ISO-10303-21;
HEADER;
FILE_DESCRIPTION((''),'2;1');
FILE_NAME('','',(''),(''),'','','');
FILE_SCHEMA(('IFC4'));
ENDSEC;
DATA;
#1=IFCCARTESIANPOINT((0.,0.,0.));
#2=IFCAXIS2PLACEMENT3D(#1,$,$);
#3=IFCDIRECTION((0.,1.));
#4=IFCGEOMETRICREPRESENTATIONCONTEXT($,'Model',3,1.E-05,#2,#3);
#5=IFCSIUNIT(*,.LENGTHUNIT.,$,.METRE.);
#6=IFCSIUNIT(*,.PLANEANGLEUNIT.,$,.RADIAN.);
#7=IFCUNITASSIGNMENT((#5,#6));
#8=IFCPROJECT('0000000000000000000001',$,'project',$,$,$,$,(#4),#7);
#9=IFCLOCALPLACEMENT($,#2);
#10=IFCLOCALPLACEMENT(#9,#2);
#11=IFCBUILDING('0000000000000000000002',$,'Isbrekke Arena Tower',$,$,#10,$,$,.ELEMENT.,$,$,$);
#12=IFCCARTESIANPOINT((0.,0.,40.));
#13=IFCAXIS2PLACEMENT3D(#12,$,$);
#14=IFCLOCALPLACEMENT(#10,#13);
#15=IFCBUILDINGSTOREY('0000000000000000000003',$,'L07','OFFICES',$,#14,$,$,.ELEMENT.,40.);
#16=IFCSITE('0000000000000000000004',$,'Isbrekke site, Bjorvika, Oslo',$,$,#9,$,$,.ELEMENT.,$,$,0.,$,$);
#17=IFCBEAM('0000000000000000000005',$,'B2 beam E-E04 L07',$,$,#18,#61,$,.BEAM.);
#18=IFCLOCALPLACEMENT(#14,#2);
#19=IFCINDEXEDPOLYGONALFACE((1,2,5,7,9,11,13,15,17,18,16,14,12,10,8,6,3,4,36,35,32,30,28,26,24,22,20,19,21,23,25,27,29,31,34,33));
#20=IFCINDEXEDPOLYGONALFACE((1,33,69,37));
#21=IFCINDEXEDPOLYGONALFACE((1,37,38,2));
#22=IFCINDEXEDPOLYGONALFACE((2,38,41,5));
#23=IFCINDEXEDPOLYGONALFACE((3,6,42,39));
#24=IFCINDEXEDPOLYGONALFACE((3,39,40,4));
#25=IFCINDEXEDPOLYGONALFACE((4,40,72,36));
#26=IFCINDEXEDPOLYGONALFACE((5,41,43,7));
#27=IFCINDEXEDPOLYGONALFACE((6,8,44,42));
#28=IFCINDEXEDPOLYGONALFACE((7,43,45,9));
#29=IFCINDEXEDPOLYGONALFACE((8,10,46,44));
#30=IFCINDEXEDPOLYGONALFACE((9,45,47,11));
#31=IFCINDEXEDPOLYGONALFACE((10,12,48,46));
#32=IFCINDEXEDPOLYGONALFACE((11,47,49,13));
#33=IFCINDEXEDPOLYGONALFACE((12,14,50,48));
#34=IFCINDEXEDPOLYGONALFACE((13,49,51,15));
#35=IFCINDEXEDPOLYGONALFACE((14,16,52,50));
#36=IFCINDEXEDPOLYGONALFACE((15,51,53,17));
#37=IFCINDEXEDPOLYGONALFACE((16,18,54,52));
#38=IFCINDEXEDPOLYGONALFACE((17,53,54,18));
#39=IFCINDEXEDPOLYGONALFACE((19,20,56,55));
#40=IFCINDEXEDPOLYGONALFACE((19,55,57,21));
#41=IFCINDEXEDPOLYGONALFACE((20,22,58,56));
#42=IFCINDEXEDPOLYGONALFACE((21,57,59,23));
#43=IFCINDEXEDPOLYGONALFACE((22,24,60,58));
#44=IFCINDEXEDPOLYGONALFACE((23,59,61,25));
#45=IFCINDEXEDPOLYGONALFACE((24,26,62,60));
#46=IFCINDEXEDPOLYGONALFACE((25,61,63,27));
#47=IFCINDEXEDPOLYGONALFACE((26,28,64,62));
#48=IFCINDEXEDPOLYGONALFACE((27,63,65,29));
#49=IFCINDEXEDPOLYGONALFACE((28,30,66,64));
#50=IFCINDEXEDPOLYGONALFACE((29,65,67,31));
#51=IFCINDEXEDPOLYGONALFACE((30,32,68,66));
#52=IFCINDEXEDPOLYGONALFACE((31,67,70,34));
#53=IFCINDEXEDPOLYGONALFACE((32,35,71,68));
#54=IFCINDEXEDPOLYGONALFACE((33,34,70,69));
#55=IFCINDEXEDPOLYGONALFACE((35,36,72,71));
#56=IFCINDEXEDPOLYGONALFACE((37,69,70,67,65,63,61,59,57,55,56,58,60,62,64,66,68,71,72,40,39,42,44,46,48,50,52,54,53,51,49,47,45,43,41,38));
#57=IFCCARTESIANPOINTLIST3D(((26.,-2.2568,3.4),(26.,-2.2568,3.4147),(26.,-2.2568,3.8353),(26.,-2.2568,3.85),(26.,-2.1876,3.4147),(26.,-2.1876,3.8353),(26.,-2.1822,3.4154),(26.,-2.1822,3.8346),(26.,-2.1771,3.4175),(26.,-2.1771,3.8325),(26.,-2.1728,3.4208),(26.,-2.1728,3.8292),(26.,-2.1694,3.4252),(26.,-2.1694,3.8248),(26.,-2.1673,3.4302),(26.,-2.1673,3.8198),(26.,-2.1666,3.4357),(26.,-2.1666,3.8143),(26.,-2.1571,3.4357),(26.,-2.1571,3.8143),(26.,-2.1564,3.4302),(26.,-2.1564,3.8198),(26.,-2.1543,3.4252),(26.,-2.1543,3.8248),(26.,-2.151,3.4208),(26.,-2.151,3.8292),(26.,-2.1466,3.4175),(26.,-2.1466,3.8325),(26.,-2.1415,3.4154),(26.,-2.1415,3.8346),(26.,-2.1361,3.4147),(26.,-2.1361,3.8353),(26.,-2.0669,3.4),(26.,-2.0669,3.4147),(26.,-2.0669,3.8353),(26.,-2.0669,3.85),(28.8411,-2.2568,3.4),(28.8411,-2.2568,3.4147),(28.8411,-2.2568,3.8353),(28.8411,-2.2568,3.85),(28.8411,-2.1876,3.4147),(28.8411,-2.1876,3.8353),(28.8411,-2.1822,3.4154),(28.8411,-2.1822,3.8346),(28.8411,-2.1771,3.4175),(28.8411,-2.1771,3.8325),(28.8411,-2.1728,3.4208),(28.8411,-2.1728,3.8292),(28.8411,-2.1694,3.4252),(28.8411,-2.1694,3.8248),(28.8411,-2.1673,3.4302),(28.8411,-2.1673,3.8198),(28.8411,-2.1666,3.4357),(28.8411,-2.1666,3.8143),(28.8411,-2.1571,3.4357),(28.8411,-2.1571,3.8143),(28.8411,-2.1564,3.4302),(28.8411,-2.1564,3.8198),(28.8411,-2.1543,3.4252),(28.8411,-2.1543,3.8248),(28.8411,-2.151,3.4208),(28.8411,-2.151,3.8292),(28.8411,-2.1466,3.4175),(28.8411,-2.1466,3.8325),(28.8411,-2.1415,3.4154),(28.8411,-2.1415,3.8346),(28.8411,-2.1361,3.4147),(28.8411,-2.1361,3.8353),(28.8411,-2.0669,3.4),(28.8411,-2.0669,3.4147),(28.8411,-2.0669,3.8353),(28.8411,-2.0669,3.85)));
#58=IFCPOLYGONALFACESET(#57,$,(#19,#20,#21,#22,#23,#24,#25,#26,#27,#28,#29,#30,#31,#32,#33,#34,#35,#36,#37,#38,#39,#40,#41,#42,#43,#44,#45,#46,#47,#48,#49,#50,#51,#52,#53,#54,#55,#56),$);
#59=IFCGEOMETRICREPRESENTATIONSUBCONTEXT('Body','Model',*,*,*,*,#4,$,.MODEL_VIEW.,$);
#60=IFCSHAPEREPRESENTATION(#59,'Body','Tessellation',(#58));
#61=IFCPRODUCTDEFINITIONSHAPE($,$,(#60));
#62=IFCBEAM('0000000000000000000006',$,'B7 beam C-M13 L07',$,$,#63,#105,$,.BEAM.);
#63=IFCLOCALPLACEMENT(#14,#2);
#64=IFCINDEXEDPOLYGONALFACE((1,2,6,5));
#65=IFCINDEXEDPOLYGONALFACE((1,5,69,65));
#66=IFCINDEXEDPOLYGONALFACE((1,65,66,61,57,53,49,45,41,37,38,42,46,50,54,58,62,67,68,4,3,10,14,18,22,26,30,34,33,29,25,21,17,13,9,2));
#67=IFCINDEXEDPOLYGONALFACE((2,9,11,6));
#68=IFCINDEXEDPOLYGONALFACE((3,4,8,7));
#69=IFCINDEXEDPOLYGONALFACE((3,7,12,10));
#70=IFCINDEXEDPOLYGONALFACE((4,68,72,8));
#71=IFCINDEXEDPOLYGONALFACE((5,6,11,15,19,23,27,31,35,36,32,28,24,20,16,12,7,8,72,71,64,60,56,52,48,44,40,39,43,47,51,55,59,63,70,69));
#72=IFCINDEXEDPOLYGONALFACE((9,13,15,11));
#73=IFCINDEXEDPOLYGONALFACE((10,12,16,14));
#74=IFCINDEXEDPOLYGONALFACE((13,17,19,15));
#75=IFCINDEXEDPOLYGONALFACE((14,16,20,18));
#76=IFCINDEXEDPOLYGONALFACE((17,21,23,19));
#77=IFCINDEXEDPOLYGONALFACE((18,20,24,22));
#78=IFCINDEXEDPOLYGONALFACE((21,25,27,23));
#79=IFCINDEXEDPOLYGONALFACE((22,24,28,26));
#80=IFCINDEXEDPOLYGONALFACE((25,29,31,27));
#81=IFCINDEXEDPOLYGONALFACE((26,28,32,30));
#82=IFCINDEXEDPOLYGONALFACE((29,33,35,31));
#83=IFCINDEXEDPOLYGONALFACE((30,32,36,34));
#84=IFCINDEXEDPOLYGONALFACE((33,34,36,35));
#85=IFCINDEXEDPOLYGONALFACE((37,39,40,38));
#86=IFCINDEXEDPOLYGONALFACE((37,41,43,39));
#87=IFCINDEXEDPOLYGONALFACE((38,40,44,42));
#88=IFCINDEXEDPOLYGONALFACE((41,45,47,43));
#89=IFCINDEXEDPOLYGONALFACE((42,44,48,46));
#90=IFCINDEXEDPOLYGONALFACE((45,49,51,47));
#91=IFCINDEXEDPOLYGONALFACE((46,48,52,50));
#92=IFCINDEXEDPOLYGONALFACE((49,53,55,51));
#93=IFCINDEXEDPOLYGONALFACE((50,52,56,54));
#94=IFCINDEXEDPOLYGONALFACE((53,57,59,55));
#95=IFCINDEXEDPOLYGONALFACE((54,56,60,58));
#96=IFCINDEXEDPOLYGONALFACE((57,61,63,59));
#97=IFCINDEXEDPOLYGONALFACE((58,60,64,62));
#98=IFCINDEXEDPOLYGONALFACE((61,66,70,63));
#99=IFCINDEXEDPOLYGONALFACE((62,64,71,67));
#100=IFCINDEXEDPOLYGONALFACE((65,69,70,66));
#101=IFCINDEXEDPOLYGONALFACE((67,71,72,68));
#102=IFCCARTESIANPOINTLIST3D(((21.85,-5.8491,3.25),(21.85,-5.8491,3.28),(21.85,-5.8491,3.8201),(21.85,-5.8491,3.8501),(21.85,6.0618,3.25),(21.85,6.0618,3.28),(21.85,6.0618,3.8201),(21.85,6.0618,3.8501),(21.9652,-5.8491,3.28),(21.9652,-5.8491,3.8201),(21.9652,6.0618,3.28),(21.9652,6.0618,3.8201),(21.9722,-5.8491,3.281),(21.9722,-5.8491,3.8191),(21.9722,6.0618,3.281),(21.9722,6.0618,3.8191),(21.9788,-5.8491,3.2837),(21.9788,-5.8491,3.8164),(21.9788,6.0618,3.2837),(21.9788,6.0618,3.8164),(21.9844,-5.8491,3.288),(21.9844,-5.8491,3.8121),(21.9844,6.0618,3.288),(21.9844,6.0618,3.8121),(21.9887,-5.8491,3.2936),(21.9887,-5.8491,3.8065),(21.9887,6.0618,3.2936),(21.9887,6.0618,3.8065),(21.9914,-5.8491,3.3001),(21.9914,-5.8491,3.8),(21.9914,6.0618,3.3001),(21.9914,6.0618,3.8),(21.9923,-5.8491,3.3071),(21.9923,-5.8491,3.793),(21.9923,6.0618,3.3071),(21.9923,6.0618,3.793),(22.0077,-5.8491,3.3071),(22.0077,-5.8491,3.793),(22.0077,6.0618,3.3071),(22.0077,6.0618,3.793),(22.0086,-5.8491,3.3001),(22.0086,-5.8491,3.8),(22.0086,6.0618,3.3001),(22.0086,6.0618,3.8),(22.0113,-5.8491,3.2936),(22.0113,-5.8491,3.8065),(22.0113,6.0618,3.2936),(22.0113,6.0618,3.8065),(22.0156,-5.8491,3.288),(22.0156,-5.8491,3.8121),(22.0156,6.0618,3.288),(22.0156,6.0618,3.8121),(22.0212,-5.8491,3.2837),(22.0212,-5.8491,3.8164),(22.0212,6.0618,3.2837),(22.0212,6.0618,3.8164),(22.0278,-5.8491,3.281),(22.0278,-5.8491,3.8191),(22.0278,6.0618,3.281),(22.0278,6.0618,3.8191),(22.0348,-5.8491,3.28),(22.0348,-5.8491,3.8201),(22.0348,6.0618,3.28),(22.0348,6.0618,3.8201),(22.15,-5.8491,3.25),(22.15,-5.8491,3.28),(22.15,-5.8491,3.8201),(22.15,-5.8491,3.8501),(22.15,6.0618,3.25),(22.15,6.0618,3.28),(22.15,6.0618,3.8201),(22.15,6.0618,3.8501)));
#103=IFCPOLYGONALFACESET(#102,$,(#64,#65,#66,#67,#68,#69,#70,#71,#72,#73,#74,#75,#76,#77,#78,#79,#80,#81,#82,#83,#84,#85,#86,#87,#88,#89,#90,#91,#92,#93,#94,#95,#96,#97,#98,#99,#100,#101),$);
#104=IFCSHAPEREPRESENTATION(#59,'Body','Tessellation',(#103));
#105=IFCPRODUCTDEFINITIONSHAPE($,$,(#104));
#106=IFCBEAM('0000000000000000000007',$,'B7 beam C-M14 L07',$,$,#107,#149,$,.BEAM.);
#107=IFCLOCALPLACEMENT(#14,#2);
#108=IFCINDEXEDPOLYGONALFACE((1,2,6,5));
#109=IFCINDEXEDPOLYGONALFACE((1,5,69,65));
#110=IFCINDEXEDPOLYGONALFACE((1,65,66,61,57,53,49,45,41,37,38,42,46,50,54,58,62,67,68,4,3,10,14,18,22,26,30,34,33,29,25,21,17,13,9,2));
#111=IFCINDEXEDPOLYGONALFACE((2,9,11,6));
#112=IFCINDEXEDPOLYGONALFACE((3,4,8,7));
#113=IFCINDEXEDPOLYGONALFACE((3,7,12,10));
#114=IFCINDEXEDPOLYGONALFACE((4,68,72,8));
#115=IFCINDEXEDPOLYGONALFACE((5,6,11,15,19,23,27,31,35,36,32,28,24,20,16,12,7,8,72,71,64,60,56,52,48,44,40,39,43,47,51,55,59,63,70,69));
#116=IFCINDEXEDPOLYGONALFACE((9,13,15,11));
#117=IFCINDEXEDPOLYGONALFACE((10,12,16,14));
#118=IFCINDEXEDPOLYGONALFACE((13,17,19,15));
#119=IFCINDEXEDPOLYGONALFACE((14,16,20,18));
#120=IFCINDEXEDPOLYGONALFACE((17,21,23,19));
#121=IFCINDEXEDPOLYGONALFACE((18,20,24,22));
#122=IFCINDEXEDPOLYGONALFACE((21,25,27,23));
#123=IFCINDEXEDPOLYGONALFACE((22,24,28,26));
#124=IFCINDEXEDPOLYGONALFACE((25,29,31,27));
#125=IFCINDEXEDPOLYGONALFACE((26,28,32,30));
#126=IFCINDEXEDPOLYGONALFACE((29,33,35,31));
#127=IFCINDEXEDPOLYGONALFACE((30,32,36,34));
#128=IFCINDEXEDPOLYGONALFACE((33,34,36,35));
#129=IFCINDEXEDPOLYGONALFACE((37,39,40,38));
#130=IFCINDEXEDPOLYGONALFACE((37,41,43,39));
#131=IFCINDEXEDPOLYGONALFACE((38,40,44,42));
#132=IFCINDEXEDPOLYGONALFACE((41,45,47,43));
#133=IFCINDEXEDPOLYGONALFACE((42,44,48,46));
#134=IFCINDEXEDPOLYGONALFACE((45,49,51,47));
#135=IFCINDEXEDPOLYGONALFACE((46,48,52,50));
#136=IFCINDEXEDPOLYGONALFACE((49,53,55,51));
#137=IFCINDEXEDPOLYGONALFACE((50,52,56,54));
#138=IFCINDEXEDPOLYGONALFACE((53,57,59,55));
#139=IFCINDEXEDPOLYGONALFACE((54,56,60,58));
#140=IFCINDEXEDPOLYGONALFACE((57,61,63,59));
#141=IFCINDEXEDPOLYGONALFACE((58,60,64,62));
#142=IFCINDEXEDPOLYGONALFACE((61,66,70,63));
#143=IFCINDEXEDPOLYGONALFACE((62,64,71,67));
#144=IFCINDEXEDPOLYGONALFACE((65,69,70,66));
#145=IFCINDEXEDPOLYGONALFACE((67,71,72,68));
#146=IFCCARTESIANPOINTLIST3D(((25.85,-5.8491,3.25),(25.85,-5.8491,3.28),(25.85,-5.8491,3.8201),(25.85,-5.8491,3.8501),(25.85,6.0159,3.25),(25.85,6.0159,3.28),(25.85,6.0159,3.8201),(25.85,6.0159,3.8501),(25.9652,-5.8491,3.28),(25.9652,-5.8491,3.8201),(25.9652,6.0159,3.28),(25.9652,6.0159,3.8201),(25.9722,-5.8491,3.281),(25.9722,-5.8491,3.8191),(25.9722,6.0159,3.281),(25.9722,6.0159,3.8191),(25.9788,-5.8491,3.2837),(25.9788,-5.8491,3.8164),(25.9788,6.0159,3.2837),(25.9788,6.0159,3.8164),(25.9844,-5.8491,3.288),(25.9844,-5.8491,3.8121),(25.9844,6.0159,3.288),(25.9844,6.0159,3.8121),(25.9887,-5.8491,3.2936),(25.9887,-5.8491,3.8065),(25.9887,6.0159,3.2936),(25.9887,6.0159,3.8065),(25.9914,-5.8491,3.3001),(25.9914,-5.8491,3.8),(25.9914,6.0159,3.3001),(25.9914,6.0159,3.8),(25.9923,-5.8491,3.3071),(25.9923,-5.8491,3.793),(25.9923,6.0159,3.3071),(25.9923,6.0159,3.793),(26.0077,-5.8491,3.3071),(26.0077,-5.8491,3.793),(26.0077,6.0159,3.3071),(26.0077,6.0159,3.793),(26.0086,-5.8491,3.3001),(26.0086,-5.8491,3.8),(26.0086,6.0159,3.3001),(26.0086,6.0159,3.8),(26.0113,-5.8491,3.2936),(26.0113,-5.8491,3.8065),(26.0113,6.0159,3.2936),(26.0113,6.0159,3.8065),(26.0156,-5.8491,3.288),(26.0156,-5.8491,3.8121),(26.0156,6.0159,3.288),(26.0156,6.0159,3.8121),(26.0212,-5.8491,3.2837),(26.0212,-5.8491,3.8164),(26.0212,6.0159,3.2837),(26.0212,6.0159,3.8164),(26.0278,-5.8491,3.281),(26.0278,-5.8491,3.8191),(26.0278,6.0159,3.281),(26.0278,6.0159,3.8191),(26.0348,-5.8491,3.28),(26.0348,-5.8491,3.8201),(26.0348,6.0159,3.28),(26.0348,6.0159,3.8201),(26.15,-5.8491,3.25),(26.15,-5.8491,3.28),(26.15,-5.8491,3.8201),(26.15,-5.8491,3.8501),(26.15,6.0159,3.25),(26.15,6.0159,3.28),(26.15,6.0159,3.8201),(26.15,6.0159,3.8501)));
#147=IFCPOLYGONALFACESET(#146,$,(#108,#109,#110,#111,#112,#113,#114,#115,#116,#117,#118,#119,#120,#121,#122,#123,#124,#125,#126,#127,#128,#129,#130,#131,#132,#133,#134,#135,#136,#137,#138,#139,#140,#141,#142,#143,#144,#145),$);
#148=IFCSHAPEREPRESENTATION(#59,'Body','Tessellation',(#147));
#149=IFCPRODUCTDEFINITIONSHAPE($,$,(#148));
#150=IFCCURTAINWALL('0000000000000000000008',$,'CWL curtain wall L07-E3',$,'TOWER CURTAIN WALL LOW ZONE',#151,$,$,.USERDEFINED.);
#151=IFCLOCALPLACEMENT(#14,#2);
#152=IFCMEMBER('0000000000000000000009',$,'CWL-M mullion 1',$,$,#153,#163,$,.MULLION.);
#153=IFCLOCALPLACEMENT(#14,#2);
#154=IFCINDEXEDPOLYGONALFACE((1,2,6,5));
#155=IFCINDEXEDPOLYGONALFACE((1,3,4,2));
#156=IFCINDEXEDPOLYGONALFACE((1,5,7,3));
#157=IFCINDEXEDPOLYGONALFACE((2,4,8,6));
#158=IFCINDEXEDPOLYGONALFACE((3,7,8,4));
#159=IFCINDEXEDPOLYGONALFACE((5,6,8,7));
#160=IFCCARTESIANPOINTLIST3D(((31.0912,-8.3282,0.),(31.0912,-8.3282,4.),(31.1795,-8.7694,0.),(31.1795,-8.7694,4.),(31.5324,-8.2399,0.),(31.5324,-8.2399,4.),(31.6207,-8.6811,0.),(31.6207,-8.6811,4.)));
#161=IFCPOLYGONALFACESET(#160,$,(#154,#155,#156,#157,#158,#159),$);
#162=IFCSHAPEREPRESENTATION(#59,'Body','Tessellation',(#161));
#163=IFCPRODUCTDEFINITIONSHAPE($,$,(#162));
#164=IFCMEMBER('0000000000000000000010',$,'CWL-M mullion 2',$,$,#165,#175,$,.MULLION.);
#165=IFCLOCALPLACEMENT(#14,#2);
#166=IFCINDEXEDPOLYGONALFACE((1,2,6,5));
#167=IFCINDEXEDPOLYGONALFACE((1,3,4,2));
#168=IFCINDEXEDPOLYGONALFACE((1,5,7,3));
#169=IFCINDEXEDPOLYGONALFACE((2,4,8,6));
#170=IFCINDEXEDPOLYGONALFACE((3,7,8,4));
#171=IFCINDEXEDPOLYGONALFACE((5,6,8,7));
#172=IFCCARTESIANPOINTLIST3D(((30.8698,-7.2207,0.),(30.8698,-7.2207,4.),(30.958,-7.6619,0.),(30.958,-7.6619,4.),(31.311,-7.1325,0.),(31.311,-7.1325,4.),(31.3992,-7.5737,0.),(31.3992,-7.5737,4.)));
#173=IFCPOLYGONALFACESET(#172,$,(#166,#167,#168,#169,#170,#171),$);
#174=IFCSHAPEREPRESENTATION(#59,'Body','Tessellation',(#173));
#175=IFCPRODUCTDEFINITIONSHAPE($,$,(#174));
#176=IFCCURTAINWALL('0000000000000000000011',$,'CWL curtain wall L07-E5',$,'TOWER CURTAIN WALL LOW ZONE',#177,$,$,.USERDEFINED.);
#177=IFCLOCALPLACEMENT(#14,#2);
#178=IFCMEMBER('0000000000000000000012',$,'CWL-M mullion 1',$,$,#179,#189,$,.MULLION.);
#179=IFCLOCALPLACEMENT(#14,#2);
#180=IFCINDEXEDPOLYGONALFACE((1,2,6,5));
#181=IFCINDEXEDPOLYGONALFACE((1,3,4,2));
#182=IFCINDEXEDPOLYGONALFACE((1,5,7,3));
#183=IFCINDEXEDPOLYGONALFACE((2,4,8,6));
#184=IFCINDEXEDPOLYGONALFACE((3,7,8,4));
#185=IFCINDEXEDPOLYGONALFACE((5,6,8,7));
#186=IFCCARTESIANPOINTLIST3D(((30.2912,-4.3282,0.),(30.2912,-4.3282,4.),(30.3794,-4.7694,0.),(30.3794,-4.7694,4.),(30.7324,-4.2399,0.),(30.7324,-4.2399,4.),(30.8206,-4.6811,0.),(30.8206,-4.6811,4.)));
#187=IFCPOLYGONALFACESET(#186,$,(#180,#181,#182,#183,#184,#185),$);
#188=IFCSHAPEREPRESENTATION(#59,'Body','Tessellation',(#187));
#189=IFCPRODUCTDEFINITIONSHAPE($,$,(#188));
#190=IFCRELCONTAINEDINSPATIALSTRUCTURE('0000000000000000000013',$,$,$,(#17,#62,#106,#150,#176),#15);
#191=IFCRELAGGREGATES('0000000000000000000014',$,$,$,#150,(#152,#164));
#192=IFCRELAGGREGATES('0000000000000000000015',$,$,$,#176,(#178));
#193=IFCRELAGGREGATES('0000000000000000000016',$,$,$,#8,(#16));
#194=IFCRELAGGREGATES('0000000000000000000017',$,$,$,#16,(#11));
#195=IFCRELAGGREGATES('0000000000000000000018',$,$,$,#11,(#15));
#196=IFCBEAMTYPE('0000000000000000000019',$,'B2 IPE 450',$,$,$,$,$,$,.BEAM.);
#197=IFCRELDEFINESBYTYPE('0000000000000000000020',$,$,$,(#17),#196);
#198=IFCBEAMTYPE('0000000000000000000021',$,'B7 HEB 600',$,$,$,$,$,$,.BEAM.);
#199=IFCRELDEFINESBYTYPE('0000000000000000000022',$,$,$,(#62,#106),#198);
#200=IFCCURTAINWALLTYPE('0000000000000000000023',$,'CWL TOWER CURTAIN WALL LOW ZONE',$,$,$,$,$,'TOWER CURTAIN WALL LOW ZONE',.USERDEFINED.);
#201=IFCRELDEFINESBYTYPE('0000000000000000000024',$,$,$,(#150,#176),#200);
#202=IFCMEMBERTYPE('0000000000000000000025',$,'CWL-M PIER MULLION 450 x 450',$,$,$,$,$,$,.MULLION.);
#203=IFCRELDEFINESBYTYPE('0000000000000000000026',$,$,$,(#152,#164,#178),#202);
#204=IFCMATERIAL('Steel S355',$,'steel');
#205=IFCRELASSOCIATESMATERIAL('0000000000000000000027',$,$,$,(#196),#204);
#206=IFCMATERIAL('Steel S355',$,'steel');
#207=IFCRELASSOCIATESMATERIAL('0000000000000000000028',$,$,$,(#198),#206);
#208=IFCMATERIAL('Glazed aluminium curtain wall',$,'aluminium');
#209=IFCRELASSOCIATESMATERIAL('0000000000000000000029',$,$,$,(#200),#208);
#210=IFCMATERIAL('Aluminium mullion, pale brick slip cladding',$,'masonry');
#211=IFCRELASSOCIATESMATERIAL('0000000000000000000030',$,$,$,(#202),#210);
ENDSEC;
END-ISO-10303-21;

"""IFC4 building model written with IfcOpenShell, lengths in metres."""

from ifc_helpers import new_model, si_unit, direction, frame, origin, origin_2d, place, context, subcontext, project, spatial, rectangle, i_section, extrude, material, material_profile, profile_set, type_object, element, aggregate, save


model = new_model("IFC4")

# Units and contexts
model_context = context("Model", 3, precision=1e-05, world=origin(), true_north=direction((0.0, 1.0)))
body_context = subcontext(model_context, "Body", "Model", "MODEL_VIEW")
ifc_project = project(units=[si_unit("LENGTHUNIT", "METRE"), si_unit("PLANEANGLEUNIT", "RADIAN")], contexts=[model_context])

# Site, building, storey
site_placement = place(None, origin())
site = spatial("IfcSite", under=ifc_project, at=site_placement, Name="Isbrekke site, Bjorvika, Oslo", CompositionType="ELEMENT", RefElevation=0.0)
building_placement = place(site_placement, origin())
building = spatial("IfcBuilding", under=site, at=building_placement, Name="Isbrekke Arena Tower", CompositionType="ELEMENT")
storey_placement = place(building_placement, frame((0.0, 0.0, 40.0)))
storey = spatial("IfcBuildingStorey", under=building, at=storey_placement, Name="L07", Description="OFFICES", CompositionType="ELEMENT", Elevation=40.0)

# Beams
ifc_material_1 = material(Name="Steel S355", Category="steel")
ifc_material_profile_1 = material_profile(ifc_material_1, i_section(OverallWidth=0.1899, OverallDepth=0.45, WebThickness=0.0095, FlangeThickness=0.0146, FilletRadius=0.021, at=origin_2d()), Name="IPE 450")
ifc_profile_set_1 = profile_set([ifc_material_profile_1], Name="Steel S355")
beam_type_1 = type_object("IfcBeamType", Name="B2 IPE 450", PredefinedType="BEAM", material=ifc_profile_set_1)
beam_1_placement = place(storey_placement, frame((28.8411, -2.1619, 3.625), z_axis=(-1.0, 0.0, 0.0), x_axis=(0.0, -1.0, 0.0)))
element("IfcBeam", 1, at=beam_1_placement, inside=storey, type_object=beam_type_1, Name="B2 beam E-E04 L07", PredefinedType="BEAM", context=body_context, shape_type="SweptSolid", body=[
    extrude(i_section(OverallWidth=0.1899, OverallDepth=0.45, WebThickness=0.0095, FlangeThickness=0.0146, FilletRadius=0.021, at=origin_2d()), origin(), (0.0, 0.0, 1.0), 2.8411),
])
ifc_material_2 = material(Name="Steel S355", Category="steel")
ifc_material_profile_2 = material_profile(ifc_material_2, i_section(OverallWidth=0.3, OverallDepth=0.6001, WebThickness=0.0154, FlangeThickness=0.03, FilletRadius=0.0271, at=origin_2d()), Name="HEB 600")
ifc_profile_set_2 = profile_set([ifc_material_profile_2], Name="Steel S355")
beam_type_2 = type_object("IfcBeamType", Name="B7 HEB 600", PredefinedType="BEAM", material=ifc_profile_set_2)
beam_2_placement = place(storey_placement, frame((22.0, -5.8491, 3.55), z_axis=(0.0, 1.0, 0.0), x_axis=(-1.0, 0.0, 0.0)))
element("IfcBeam", 2, at=beam_2_placement, inside=storey, type_object=beam_type_2, Name="B7 beam C-M13 L07", PredefinedType="BEAM", context=body_context, shape_type="SweptSolid", body=[
    extrude(i_section(OverallWidth=0.3, OverallDepth=0.6001, WebThickness=0.0154, FlangeThickness=0.03, FilletRadius=0.0271, at=origin_2d()), origin(), (0.0, 0.0, 1.0), 11.9109),
])
beam_3_placement = place(storey_placement, frame((26.0, -5.8491, 3.55), z_axis=(0.0, 1.0, 0.0), x_axis=(-1.0, 0.0, 0.0)))
element("IfcBeam", 3, at=beam_3_placement, inside=storey, type_object=beam_type_2, Name="B7 beam C-M14 L07", PredefinedType="BEAM", context=body_context, shape_type="SweptSolid", body=[
    extrude(i_section(OverallWidth=0.3, OverallDepth=0.6001, WebThickness=0.0154, FlangeThickness=0.03, FilletRadius=0.0271, at=origin_2d()), origin(), (0.0, 0.0, 1.0), 11.865),
])

# Curtain walls, members
ifc_material_3 = material(Name="Glazed aluminium curtain wall", Category="aluminium")
curtain_wall_type = type_object("IfcCurtainWallType", Name="CWL TOWER CURTAIN WALL LOW ZONE", ElementType="TOWER CURTAIN WALL LOW ZONE", PredefinedType="USERDEFINED", material=ifc_material_3)
curtain_wall_1_placement = place(storey_placement, origin())
curtain_wall_1 = element("IfcCurtainWall", 4, at=curtain_wall_1_placement, inside=storey, type_object=curtain_wall_type, Name="CWL curtain wall L07-E3", ObjectType="TOWER CURTAIN WALL LOW ZONE", PredefinedType="USERDEFINED")
ifc_material_4 = material(Name="Aluminium mullion, pale brick slip cladding", Category="masonry")
ifc_material_profile_3 = material_profile(ifc_material_4, rectangle(XDim=0.45, YDim=0.45, at=origin_2d()), Name="PIER 450X450")
ifc_profile_set_3 = profile_set([ifc_material_profile_3], Name="Aluminium mullion, pale brick slip cladding")
member_type_1 = type_object("IfcMemberType", Name="CWL-M PIER MULLION 450 x 450", PredefinedType="MULLION", material=ifc_profile_set_3)
member_1_placement = place(storey_placement, frame((31.356, -8.5046, 0.0), z_axis=(0.0, 0.0, 1.0), x_axis=(-0.196116, 0.980581, 0.0)))
member_1 = element("IfcMember", 5, at=member_1_placement, type_object=member_type_1, Name="CWL-M mullion 1", PredefinedType="MULLION", context=body_context, shape_type="SweptSolid", body=[
    extrude(rectangle(XDim=0.45, YDim=0.45, at=origin_2d()), origin(), (0.0, 0.0, 1.0), 4.0),
])
member_2_placement = place(storey_placement, frame((31.1345, -7.3972, 0.0), z_axis=(0.0, 0.0, 1.0), x_axis=(-0.196116, 0.980581, 0.0)))
member_2 = element("IfcMember", 6, at=member_2_placement, type_object=member_type_1, Name="CWL-M mullion 2", PredefinedType="MULLION", context=body_context, shape_type="SweptSolid", body=[
    extrude(rectangle(XDim=0.45, YDim=0.45, at=origin_2d()), origin(), (0.0, 0.0, 1.0), 4.0),
])
curtain_wall_2_placement = place(storey_placement, origin())
curtain_wall_2 = element("IfcCurtainWall", 7, at=curtain_wall_2_placement, inside=storey, type_object=curtain_wall_type, Name="CWL curtain wall L07-E5", ObjectType="TOWER CURTAIN WALL LOW ZONE", PredefinedType="USERDEFINED")
member_3_placement = place(storey_placement, frame((30.5559, -4.5046, 0.0), z_axis=(0.0, 0.0, 1.0), x_axis=(-0.196116, 0.980581, 0.0)))
member_3 = element("IfcMember", 8, at=member_3_placement, type_object=member_type_1, Name="CWL-M mullion 1", PredefinedType="MULLION", context=body_context, shape_type="SweptSolid", body=[
    extrude(rectangle(XDim=0.45, YDim=0.45, at=origin_2d()), origin(), (0.0, 0.0, 1.0), 4.0),
])

aggregate(curtain_wall_1, [member_1, member_2])
aggregate(curtain_wall_2, [member_3])

save(model, "model.ifc")
